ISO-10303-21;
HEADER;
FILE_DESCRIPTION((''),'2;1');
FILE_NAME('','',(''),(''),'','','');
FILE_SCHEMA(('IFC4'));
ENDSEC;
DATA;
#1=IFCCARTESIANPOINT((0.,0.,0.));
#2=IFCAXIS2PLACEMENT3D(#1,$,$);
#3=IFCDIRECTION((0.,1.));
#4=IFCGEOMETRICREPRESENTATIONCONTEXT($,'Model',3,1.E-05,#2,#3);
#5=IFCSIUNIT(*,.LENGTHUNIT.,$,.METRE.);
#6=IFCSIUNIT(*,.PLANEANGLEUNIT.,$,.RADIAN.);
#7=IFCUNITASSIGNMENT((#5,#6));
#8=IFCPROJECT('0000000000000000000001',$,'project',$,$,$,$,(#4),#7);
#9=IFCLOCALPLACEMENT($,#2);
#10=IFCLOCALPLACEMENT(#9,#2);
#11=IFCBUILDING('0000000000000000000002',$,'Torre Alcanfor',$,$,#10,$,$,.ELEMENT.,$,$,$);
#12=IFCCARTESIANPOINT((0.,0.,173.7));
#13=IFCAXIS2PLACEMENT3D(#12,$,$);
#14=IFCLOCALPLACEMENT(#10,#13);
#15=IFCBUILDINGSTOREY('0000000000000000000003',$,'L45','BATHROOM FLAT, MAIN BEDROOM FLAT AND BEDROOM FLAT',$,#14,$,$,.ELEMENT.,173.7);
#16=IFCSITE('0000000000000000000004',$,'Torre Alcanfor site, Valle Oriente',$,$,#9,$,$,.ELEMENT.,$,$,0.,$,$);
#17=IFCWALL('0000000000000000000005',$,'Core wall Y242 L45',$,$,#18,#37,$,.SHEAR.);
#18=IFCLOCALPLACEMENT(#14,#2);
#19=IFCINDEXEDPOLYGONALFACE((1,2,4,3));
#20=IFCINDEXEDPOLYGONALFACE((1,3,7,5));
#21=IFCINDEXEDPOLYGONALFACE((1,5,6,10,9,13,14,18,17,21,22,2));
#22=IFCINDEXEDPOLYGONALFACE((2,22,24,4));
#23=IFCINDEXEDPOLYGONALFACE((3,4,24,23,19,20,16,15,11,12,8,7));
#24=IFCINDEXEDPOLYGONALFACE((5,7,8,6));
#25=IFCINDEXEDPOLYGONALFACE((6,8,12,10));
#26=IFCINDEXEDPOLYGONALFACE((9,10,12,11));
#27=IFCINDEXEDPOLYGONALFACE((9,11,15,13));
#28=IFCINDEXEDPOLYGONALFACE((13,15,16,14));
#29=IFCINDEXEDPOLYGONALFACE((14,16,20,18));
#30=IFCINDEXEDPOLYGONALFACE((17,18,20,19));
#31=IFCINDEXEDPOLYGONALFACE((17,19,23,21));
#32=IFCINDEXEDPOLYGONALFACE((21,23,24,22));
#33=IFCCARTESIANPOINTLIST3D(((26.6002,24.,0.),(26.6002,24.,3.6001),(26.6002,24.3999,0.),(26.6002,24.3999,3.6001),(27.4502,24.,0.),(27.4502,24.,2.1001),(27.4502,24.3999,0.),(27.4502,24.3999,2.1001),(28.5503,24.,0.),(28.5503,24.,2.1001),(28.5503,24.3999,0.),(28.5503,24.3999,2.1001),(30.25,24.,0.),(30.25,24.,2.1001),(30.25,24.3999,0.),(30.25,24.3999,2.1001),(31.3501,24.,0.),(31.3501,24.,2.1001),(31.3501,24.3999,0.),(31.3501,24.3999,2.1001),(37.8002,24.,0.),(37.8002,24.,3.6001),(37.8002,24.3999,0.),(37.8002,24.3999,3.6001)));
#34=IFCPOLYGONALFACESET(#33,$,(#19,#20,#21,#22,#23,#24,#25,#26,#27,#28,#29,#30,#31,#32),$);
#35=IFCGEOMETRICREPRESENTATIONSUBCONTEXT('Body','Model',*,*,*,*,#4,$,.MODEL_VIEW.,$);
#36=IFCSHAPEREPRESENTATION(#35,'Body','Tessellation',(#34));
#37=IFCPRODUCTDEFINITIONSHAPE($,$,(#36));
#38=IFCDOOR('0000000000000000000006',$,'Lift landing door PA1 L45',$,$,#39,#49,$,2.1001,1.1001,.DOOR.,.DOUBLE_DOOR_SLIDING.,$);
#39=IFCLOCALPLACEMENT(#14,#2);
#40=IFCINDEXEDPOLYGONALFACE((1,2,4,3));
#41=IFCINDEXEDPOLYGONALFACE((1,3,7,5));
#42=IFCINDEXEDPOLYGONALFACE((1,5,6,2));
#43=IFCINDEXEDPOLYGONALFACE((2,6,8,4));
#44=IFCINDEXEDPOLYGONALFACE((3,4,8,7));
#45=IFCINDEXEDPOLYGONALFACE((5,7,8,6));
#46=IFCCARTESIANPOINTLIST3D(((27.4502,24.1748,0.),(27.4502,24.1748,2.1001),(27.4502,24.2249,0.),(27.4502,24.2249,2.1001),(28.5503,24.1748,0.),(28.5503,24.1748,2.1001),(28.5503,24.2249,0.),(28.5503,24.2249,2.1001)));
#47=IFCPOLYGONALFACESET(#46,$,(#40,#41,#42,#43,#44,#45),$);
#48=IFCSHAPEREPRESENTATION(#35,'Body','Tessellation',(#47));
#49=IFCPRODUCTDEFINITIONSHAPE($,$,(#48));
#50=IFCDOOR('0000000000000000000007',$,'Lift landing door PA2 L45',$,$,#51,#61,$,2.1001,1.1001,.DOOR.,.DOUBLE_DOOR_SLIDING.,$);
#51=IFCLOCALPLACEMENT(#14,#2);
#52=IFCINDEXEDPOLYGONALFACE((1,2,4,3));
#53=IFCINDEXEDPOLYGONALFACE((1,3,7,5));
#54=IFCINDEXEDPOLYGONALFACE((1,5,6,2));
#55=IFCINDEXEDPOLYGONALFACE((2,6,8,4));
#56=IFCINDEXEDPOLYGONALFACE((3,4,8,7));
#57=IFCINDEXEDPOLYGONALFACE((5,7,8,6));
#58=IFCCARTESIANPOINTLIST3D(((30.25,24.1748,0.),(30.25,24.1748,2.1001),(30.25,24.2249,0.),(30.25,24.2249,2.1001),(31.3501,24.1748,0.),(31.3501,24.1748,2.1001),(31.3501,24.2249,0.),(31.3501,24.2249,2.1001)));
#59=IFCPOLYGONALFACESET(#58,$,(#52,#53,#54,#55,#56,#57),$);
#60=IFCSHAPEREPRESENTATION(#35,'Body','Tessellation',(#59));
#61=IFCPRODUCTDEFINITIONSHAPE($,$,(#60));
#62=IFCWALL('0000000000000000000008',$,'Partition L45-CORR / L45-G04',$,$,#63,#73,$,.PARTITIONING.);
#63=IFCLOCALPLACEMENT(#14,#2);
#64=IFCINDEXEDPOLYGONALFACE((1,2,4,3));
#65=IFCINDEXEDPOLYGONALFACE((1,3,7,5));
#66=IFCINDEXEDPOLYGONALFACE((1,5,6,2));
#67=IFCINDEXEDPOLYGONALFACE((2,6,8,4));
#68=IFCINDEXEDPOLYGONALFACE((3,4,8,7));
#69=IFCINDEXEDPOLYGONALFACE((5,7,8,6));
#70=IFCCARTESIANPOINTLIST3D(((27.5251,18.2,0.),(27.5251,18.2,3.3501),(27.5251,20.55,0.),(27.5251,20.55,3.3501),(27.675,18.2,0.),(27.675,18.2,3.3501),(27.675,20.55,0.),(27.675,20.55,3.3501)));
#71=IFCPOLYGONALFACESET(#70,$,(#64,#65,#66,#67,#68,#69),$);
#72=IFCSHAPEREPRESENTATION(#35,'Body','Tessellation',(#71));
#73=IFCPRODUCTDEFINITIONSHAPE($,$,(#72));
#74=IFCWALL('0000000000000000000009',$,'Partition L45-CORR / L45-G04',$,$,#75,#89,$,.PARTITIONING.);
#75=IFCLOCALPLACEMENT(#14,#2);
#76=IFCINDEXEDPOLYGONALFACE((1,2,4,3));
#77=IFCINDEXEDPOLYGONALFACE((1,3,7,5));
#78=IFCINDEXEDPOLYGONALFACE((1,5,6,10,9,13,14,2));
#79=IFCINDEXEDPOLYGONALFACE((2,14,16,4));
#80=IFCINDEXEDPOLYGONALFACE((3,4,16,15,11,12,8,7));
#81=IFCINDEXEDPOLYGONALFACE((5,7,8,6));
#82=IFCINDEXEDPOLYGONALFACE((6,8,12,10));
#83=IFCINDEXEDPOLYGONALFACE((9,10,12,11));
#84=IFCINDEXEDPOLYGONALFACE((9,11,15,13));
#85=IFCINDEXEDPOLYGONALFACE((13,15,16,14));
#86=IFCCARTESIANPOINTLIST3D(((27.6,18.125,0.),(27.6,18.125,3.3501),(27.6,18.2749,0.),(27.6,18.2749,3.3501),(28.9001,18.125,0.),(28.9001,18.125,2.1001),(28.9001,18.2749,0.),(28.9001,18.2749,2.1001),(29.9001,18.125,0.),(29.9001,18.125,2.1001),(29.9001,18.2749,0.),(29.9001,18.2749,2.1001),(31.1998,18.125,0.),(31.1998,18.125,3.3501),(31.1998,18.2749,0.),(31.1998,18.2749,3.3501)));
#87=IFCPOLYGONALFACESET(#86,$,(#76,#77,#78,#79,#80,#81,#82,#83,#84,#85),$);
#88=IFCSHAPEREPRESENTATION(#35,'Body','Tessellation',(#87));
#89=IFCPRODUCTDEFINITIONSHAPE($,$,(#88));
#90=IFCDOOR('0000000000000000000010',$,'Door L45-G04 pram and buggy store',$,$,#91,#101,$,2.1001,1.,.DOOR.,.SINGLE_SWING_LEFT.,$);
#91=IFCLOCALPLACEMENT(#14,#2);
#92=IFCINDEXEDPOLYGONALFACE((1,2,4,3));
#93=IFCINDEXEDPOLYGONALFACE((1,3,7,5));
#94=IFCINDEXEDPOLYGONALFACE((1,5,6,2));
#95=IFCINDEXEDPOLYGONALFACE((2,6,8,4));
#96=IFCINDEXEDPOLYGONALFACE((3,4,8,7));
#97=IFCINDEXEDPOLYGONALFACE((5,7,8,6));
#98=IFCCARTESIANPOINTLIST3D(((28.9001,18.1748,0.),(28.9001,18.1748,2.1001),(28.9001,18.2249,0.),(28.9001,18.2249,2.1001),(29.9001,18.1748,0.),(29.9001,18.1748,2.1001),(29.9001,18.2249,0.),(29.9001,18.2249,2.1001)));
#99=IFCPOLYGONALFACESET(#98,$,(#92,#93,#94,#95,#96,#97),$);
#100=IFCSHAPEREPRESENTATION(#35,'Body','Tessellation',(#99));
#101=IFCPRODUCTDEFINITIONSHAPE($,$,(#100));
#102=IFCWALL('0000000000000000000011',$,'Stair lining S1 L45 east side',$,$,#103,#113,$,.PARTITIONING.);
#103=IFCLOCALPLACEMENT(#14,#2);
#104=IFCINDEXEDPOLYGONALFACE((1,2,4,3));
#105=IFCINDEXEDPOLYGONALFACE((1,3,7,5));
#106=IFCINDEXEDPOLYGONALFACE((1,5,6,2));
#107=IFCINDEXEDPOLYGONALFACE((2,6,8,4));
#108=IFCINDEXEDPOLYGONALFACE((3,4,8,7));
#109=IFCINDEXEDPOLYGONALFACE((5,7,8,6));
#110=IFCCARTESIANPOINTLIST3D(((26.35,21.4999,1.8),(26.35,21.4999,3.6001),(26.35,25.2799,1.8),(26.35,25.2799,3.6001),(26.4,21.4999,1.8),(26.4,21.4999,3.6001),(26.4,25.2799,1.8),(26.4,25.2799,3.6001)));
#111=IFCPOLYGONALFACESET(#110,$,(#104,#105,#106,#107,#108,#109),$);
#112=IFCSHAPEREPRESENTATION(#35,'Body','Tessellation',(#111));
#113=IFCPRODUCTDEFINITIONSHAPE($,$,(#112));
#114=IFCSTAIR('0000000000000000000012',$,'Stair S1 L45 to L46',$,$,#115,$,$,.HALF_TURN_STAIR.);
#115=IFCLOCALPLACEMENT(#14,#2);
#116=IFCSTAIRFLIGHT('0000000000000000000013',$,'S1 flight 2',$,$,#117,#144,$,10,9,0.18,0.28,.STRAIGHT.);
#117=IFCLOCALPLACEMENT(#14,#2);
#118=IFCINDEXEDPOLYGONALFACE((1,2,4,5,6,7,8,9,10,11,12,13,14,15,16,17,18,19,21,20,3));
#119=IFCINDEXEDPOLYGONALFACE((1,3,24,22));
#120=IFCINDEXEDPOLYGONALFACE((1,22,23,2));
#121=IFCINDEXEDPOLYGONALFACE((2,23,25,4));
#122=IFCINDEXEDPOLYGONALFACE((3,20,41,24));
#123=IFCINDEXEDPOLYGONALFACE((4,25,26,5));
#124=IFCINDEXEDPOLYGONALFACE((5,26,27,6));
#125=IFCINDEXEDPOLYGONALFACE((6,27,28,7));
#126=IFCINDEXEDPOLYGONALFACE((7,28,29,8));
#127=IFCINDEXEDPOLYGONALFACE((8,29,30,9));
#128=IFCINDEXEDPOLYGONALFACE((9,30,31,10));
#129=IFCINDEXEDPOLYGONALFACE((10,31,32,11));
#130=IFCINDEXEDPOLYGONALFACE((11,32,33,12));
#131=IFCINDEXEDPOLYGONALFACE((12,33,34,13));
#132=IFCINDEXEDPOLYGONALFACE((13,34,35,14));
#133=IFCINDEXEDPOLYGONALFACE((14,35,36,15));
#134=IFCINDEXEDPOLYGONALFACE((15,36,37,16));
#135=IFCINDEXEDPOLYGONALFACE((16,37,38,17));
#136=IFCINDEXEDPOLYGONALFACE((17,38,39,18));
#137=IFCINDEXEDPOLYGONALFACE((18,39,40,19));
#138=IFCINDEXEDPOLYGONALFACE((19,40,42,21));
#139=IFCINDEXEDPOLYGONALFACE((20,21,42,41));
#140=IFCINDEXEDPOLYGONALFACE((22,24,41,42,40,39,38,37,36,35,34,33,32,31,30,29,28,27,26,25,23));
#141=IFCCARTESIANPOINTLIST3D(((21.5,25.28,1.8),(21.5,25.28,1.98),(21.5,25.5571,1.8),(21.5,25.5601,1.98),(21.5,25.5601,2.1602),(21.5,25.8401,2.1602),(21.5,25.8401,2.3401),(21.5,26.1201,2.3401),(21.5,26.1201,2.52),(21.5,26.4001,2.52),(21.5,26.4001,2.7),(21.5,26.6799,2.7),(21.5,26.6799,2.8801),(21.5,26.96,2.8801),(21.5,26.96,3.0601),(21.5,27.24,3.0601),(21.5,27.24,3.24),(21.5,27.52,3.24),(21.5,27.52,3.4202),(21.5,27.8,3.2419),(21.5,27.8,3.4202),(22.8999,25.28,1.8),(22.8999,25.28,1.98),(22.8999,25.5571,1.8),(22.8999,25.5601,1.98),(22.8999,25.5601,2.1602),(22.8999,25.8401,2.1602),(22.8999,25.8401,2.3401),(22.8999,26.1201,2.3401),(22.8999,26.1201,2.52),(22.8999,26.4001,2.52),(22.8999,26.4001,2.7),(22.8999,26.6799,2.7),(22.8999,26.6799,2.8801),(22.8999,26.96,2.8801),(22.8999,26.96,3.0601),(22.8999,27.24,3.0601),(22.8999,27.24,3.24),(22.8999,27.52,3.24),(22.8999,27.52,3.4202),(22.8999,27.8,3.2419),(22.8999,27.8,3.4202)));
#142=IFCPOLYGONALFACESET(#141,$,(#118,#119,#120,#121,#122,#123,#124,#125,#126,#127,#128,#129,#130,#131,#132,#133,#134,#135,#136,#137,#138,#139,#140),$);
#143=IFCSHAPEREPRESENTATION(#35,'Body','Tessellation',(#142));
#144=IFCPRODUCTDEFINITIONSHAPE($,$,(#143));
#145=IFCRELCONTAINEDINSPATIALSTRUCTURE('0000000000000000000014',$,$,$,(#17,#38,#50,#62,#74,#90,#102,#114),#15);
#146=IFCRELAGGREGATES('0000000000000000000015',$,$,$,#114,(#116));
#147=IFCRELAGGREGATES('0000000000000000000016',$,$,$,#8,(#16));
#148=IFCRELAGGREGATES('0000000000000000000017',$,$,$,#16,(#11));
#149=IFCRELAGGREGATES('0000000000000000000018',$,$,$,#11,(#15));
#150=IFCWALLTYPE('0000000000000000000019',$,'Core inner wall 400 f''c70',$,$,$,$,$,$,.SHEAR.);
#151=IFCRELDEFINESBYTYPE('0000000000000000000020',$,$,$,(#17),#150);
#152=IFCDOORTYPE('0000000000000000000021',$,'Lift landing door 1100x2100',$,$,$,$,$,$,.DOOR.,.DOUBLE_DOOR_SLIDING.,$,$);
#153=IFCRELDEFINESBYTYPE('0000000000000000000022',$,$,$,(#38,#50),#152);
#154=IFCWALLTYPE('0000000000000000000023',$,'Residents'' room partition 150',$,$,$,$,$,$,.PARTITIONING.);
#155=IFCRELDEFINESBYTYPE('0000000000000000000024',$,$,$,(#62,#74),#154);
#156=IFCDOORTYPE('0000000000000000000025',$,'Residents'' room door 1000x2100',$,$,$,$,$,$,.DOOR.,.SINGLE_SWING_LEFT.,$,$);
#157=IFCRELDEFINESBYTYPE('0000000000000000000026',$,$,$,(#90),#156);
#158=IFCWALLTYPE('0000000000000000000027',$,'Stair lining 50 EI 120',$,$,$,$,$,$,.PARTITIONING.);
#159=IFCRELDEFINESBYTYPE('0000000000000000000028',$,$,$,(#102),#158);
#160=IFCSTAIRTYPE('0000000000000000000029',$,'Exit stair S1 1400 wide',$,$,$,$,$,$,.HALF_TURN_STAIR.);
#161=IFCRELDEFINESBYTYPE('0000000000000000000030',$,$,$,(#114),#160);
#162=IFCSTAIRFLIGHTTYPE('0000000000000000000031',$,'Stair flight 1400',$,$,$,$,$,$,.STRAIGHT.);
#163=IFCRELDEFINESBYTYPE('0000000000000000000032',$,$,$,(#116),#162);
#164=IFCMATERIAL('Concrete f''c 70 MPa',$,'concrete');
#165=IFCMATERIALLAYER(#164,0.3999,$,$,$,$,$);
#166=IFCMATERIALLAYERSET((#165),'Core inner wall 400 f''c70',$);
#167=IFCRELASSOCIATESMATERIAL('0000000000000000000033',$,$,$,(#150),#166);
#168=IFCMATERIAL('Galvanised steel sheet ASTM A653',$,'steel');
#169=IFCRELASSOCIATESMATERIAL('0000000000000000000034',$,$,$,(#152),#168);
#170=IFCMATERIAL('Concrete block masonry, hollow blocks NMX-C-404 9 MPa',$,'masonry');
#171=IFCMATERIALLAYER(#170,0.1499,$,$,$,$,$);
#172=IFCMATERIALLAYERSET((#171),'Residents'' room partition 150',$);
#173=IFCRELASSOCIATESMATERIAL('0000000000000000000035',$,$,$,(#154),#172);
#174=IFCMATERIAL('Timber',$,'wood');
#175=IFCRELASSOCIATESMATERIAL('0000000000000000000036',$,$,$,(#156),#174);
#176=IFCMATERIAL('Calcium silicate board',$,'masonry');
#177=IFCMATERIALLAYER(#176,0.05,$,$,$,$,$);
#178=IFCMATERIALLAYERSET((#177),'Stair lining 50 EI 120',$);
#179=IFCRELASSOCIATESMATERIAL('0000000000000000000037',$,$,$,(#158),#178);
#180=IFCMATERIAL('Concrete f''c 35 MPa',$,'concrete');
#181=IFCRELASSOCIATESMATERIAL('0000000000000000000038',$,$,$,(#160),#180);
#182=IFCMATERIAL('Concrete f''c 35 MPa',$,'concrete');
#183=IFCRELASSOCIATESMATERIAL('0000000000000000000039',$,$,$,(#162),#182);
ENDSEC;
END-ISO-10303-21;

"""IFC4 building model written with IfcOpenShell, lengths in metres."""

from ifc_helpers import new_model, si_unit, direction, frame, frame_2d, origin, place, context, subcontext, project, spatial, polyline, rectangle, outline, extrude, material, layer, layer_set, type_object, element, fill, aggregate, save


model = new_model("IFC4")

# Units and contexts
model_context = context("Model", 3, precision=1e-05, world=origin(), true_north=direction((0.0, 1.0)))
body_context = subcontext(model_context, "Body", "Model", "MODEL_VIEW")
ifc_project = project(units=[si_unit("LENGTHUNIT", "METRE"), si_unit("PLANEANGLEUNIT", "RADIAN")], contexts=[model_context])

# Site, building, storey
site_placement = place(None, origin())
site = spatial("IfcSite", under=ifc_project, at=site_placement, Name="Torre Alcanfor site, Valle Oriente", CompositionType="ELEMENT", RefElevation=0.0)
building_placement = place(site_placement, origin())
building = spatial("IfcBuilding", under=site, at=building_placement, Name="Torre Alcanfor", CompositionType="ELEMENT")
storey_placement = place(building_placement, frame((0.0, 0.0, 173.7)))
storey = spatial("IfcBuildingStorey", under=building, at=storey_placement, Name="L45", Description="BATHROOM FLAT, MAIN BEDROOM FLAT AND BEDROOM FLAT", CompositionType="ELEMENT", Elevation=173.7)

# Shared definitions
ifc_material_1 = material(Name="Concrete f'c 70 MPa", Category="concrete")
ifc_layer_1 = layer(ifc_material_1, 0.3999)
ifc_layer_set_1 = layer_set([ifc_layer_1], Name="Core inner wall 400 f'c70")
wall_type_1 = type_object("IfcWallType", Name="Core inner wall 400 f'c70", PredefinedType="SHEAR", material=ifc_layer_set_1)

# Wall, openings, doors
wall_1_placement = place(storey_placement, frame((26.6001, 24.2, 0.0), z_axis=(0.0, 0.0, 1.0), x_axis=(1.0, 0.0, 0.0)))
wall_1 = element("IfcWall", 1, at=wall_1_placement, inside=storey, type_object=wall_type_1, Name="Core wall Y242 L45", PredefinedType="SHEAR", context=body_context, shape_type="SweptSolid", body=[
    extrude(rectangle(XDim=11.2, YDim=0.3999, at=frame_2d((5.6001, 0.0))), origin(), (0.0, 0.0, 1.0), 3.6001),
])
opening_1_placement = place(wall_1_placement, frame((0.8501, 0.0, 0.0)))
opening_1 = element("IfcOpeningElement", 2, at=opening_1_placement, cuts=wall_1, PredefinedType="OPENING", context=body_context, shape_type="SweptSolid", body=[
    extrude(rectangle(XDim=1.1001, YDim=2.1001, at=frame_2d((0.55, 1.05))), frame((0.0, 0.21, 0.0), z_axis=(0.0, -1.0, 0.0), x_axis=(1.0, 0.0, 0.0)), (0.0, 0.0, 1.0), 0.4199),
])
opening_2_placement = place(wall_1_placement, frame((3.6499, 0.0, 0.0)))
opening_2 = element("IfcOpeningElement", 3, at=opening_2_placement, cuts=wall_1, PredefinedType="OPENING", context=body_context, shape_type="SweptSolid", body=[
    extrude(rectangle(XDim=1.1001, YDim=2.1001, at=frame_2d((0.55, 1.05))), frame((0.0, 0.21, 0.0), z_axis=(0.0, -1.0, 0.0), x_axis=(1.0, 0.0, 0.0)), (0.0, 0.0, 1.0), 0.4199),
])
ifc_material_2 = material(Name="Galvanised steel sheet ASTM A653", Category="steel")
door_type_1 = type_object("IfcDoorType", Name="Lift landing door 1100x2100", OperationType="DOUBLE_DOOR_SLIDING", PredefinedType="DOOR", material=ifc_material_2)
door_1_placement = place(opening_1_placement, origin())
door_1 = element("IfcDoor", 4, at=door_1_placement, inside=storey, type_object=door_type_1, Name="Lift landing door PA1 L45", OperationType="DOUBLE_DOOR_SLIDING", OverallHeight=2.1001, OverallWidth=1.1001, PredefinedType="DOOR", context=body_context, shape_type="SweptSolid", body=[
    extrude(rectangle(XDim=1.1001, YDim=2.1001, at=frame_2d((0.55, 1.05))), frame((0.0, 0.0249, 0.0), z_axis=(0.0, -1.0, 0.0), x_axis=(1.0, 0.0, 0.0)), (0.0, 0.0, 1.0), 0.05),
])
fill(opening_1, door_1)
door_2_placement = place(opening_2_placement, origin())
door_2 = element("IfcDoor", 5, at=door_2_placement, inside=storey, type_object=door_type_1, Name="Lift landing door PA2 L45", OperationType="DOUBLE_DOOR_SLIDING", OverallHeight=2.1001, OverallWidth=1.1001, PredefinedType="DOOR", context=body_context, shape_type="SweptSolid", body=[
    extrude(rectangle(XDim=1.1001, YDim=2.1001, at=frame_2d((0.55, 1.05))), frame((0.0, 0.0249, 0.0), z_axis=(0.0, -1.0, 0.0), x_axis=(1.0, 0.0, 0.0)), (0.0, 0.0, 1.0), 0.05),
])
fill(opening_2, door_2)

# Wall
ifc_material_3 = material(Name="Concrete block masonry, hollow blocks NMX-C-404 9 MPa", Category="masonry")
ifc_layer_2 = layer(ifc_material_3, 0.1499)
ifc_layer_set_2 = layer_set([ifc_layer_2], Name="Residents' room partition 150")
wall_type_2 = type_object("IfcWallType", Name="Residents' room partition 150", PredefinedType="PARTITIONING", material=ifc_layer_set_2)
wall_2_placement = place(storey_placement, frame((27.6001, 20.55, 0.0), z_axis=(0.0, 0.0, 1.0), x_axis=(0.0, -1.0, 0.0)))
element("IfcWall", 6, at=wall_2_placement, inside=storey, type_object=wall_type_2, Name="Partition L45-CORR / L45-G04", PredefinedType="PARTITIONING", context=body_context, shape_type="SweptSolid", body=[
    extrude(rectangle(XDim=2.3501, YDim=0.1499, at=frame_2d((1.175, 0.0))), origin(), (0.0, 0.0, 1.0), 3.3501),
])

# Wall, opening, door
wall_3_placement = place(storey_placement, frame((27.6001, 18.2, 0.0), z_axis=(0.0, 0.0, 1.0), x_axis=(1.0, 0.0, 0.0)))
wall_3 = element("IfcWall", 7, at=wall_3_placement, inside=storey, type_object=wall_type_2, Name="Partition L45-CORR / L45-G04", PredefinedType="PARTITIONING", context=body_context, shape_type="SweptSolid", body=[
    extrude(rectangle(XDim=3.5999, YDim=0.1499, at=frame_2d((1.7998, 0.0))), origin(), (0.0, 0.0, 1.0), 3.3501),
])
opening_3_placement = place(wall_3_placement, frame((1.3, 0.0, 0.0)))
opening_3 = element("IfcOpeningElement", 8, at=opening_3_placement, cuts=wall_3, PredefinedType="OPENING", context=body_context, shape_type="SweptSolid", body=[
    extrude(rectangle(XDim=1.0, YDim=2.1001, at=frame_2d((0.5, 1.05))), frame((0.0, 0.085, 0.0), z_axis=(0.0, -1.0, 0.0), x_axis=(1.0, 0.0, 0.0)), (0.0, 0.0, 1.0), 0.1699),
])
ifc_material_4 = material(Name="Timber", Category="wood")
door_type_2 = type_object("IfcDoorType", Name="Residents' room door 1000x2100", OperationType="SINGLE_SWING_LEFT", PredefinedType="DOOR", material=ifc_material_4)
door_3_placement = place(opening_3_placement, origin())
door_3 = element("IfcDoor", 9, at=door_3_placement, inside=storey, type_object=door_type_2, Name="Door L45-G04 pram and buggy store", OperationType="SINGLE_SWING_LEFT", OverallHeight=2.1001, OverallWidth=1.0, PredefinedType="DOOR", context=body_context, shape_type="SweptSolid", body=[
    extrude(rectangle(XDim=1.0, YDim=2.1001, at=frame_2d((0.5, 1.05))), frame((0.0, 0.0249, 0.0), z_axis=(0.0, -1.0, 0.0), x_axis=(1.0, 0.0, 0.0)), (0.0, 0.0, 1.0), 0.05),
])
fill(opening_3, door_3)

# Wall
ifc_material_5 = material(Name="Calcium silicate board", Category="masonry")
ifc_layer_3 = layer(ifc_material_5, 0.05)
ifc_layer_set_3 = layer_set([ifc_layer_3], Name="Stair lining 50 EI 120")
wall_type_3 = type_object("IfcWallType", Name="Stair lining 50 EI 120", PredefinedType="PARTITIONING", material=ifc_layer_set_3)
wall_4_placement = place(storey_placement, frame((26.375, 25.28, 1.8), z_axis=(0.0, 0.0, 1.0), x_axis=(0.0, -1.0, 0.0)))
element("IfcWall", 10, at=wall_4_placement, inside=storey, type_object=wall_type_3, Name="Stair lining S1 L45 east side", PredefinedType="PARTITIONING", context=body_context, shape_type="SweptSolid", body=[
    extrude(rectangle(XDim=3.78, YDim=0.05, at=frame_2d((1.8901, 0.0))), origin(), (0.0, 0.0, 1.0), 1.8),
])

# Stair, stair flight
ifc_material_6 = material(Name="Concrete f'c 35 MPa", Category="concrete")
stair_type = type_object("IfcStairType", Name="Exit stair S1 1400 wide", PredefinedType="HALF_TURN_STAIR", material=ifc_material_6)
stair_placement = place(storey_placement, origin())
stair = element("IfcStair", 11, at=stair_placement, inside=storey, type_object=stair_type, Name="Stair S1 L45 to L46", PredefinedType="HALF_TURN_STAIR")
ifc_material_7 = material(Name="Concrete f'c 35 MPa", Category="concrete")
stair_flight_type = type_object("IfcStairFlightType", Name="Stair flight 1400", PredefinedType="STRAIGHT", material=ifc_material_7)
stair_flight_placement = place(storey_placement, frame((22.2, 25.28, 1.8), z_axis=(0.0, 0.0, 1.0), x_axis=(0.0, 1.0, 0.0)))
stair_flight = element("IfcStairFlight", 12, at=stair_flight_placement, type_object=stair_flight_type, Name="S1 flight 2", NumberOfRisers=10, NumberOfTreads=9, PredefinedType="STRAIGHT", RiserHeight=0.18, TreadLength=0.28, context=body_context, shape_type="SweptSolid", body=[
    extrude(outline(polyline([(0.0, 0.0), (0.0, 0.1799), (0.28, 0.1799), (0.28, 0.3601), (0.5601, 0.3601), (0.5601, 0.54), (0.8401, 0.54), (0.8401, 0.72), (1.1201, 0.72), (1.1201, 0.8999), (1.3999, 0.8999), (1.3999, 1.0801), (1.6799, 1.0801), (1.6799, 1.26), (1.96, 1.26), (1.96, 1.4399), (2.24, 1.4399), (2.24, 1.6201), (2.52, 1.6201), (2.52, 1.8), (2.52, 1.4419), (0.2771, 0.0), (0.0, 0.0)])), frame((0.0, 0.7, 0.0), z_axis=(0.0, -1.0, 0.0), x_axis=(1.0, 0.0, 0.0)), (0.0, 0.0, 1.0), 1.3999),
])
aggregate(stair, [stair_flight])

save(model, "model.ifc")
